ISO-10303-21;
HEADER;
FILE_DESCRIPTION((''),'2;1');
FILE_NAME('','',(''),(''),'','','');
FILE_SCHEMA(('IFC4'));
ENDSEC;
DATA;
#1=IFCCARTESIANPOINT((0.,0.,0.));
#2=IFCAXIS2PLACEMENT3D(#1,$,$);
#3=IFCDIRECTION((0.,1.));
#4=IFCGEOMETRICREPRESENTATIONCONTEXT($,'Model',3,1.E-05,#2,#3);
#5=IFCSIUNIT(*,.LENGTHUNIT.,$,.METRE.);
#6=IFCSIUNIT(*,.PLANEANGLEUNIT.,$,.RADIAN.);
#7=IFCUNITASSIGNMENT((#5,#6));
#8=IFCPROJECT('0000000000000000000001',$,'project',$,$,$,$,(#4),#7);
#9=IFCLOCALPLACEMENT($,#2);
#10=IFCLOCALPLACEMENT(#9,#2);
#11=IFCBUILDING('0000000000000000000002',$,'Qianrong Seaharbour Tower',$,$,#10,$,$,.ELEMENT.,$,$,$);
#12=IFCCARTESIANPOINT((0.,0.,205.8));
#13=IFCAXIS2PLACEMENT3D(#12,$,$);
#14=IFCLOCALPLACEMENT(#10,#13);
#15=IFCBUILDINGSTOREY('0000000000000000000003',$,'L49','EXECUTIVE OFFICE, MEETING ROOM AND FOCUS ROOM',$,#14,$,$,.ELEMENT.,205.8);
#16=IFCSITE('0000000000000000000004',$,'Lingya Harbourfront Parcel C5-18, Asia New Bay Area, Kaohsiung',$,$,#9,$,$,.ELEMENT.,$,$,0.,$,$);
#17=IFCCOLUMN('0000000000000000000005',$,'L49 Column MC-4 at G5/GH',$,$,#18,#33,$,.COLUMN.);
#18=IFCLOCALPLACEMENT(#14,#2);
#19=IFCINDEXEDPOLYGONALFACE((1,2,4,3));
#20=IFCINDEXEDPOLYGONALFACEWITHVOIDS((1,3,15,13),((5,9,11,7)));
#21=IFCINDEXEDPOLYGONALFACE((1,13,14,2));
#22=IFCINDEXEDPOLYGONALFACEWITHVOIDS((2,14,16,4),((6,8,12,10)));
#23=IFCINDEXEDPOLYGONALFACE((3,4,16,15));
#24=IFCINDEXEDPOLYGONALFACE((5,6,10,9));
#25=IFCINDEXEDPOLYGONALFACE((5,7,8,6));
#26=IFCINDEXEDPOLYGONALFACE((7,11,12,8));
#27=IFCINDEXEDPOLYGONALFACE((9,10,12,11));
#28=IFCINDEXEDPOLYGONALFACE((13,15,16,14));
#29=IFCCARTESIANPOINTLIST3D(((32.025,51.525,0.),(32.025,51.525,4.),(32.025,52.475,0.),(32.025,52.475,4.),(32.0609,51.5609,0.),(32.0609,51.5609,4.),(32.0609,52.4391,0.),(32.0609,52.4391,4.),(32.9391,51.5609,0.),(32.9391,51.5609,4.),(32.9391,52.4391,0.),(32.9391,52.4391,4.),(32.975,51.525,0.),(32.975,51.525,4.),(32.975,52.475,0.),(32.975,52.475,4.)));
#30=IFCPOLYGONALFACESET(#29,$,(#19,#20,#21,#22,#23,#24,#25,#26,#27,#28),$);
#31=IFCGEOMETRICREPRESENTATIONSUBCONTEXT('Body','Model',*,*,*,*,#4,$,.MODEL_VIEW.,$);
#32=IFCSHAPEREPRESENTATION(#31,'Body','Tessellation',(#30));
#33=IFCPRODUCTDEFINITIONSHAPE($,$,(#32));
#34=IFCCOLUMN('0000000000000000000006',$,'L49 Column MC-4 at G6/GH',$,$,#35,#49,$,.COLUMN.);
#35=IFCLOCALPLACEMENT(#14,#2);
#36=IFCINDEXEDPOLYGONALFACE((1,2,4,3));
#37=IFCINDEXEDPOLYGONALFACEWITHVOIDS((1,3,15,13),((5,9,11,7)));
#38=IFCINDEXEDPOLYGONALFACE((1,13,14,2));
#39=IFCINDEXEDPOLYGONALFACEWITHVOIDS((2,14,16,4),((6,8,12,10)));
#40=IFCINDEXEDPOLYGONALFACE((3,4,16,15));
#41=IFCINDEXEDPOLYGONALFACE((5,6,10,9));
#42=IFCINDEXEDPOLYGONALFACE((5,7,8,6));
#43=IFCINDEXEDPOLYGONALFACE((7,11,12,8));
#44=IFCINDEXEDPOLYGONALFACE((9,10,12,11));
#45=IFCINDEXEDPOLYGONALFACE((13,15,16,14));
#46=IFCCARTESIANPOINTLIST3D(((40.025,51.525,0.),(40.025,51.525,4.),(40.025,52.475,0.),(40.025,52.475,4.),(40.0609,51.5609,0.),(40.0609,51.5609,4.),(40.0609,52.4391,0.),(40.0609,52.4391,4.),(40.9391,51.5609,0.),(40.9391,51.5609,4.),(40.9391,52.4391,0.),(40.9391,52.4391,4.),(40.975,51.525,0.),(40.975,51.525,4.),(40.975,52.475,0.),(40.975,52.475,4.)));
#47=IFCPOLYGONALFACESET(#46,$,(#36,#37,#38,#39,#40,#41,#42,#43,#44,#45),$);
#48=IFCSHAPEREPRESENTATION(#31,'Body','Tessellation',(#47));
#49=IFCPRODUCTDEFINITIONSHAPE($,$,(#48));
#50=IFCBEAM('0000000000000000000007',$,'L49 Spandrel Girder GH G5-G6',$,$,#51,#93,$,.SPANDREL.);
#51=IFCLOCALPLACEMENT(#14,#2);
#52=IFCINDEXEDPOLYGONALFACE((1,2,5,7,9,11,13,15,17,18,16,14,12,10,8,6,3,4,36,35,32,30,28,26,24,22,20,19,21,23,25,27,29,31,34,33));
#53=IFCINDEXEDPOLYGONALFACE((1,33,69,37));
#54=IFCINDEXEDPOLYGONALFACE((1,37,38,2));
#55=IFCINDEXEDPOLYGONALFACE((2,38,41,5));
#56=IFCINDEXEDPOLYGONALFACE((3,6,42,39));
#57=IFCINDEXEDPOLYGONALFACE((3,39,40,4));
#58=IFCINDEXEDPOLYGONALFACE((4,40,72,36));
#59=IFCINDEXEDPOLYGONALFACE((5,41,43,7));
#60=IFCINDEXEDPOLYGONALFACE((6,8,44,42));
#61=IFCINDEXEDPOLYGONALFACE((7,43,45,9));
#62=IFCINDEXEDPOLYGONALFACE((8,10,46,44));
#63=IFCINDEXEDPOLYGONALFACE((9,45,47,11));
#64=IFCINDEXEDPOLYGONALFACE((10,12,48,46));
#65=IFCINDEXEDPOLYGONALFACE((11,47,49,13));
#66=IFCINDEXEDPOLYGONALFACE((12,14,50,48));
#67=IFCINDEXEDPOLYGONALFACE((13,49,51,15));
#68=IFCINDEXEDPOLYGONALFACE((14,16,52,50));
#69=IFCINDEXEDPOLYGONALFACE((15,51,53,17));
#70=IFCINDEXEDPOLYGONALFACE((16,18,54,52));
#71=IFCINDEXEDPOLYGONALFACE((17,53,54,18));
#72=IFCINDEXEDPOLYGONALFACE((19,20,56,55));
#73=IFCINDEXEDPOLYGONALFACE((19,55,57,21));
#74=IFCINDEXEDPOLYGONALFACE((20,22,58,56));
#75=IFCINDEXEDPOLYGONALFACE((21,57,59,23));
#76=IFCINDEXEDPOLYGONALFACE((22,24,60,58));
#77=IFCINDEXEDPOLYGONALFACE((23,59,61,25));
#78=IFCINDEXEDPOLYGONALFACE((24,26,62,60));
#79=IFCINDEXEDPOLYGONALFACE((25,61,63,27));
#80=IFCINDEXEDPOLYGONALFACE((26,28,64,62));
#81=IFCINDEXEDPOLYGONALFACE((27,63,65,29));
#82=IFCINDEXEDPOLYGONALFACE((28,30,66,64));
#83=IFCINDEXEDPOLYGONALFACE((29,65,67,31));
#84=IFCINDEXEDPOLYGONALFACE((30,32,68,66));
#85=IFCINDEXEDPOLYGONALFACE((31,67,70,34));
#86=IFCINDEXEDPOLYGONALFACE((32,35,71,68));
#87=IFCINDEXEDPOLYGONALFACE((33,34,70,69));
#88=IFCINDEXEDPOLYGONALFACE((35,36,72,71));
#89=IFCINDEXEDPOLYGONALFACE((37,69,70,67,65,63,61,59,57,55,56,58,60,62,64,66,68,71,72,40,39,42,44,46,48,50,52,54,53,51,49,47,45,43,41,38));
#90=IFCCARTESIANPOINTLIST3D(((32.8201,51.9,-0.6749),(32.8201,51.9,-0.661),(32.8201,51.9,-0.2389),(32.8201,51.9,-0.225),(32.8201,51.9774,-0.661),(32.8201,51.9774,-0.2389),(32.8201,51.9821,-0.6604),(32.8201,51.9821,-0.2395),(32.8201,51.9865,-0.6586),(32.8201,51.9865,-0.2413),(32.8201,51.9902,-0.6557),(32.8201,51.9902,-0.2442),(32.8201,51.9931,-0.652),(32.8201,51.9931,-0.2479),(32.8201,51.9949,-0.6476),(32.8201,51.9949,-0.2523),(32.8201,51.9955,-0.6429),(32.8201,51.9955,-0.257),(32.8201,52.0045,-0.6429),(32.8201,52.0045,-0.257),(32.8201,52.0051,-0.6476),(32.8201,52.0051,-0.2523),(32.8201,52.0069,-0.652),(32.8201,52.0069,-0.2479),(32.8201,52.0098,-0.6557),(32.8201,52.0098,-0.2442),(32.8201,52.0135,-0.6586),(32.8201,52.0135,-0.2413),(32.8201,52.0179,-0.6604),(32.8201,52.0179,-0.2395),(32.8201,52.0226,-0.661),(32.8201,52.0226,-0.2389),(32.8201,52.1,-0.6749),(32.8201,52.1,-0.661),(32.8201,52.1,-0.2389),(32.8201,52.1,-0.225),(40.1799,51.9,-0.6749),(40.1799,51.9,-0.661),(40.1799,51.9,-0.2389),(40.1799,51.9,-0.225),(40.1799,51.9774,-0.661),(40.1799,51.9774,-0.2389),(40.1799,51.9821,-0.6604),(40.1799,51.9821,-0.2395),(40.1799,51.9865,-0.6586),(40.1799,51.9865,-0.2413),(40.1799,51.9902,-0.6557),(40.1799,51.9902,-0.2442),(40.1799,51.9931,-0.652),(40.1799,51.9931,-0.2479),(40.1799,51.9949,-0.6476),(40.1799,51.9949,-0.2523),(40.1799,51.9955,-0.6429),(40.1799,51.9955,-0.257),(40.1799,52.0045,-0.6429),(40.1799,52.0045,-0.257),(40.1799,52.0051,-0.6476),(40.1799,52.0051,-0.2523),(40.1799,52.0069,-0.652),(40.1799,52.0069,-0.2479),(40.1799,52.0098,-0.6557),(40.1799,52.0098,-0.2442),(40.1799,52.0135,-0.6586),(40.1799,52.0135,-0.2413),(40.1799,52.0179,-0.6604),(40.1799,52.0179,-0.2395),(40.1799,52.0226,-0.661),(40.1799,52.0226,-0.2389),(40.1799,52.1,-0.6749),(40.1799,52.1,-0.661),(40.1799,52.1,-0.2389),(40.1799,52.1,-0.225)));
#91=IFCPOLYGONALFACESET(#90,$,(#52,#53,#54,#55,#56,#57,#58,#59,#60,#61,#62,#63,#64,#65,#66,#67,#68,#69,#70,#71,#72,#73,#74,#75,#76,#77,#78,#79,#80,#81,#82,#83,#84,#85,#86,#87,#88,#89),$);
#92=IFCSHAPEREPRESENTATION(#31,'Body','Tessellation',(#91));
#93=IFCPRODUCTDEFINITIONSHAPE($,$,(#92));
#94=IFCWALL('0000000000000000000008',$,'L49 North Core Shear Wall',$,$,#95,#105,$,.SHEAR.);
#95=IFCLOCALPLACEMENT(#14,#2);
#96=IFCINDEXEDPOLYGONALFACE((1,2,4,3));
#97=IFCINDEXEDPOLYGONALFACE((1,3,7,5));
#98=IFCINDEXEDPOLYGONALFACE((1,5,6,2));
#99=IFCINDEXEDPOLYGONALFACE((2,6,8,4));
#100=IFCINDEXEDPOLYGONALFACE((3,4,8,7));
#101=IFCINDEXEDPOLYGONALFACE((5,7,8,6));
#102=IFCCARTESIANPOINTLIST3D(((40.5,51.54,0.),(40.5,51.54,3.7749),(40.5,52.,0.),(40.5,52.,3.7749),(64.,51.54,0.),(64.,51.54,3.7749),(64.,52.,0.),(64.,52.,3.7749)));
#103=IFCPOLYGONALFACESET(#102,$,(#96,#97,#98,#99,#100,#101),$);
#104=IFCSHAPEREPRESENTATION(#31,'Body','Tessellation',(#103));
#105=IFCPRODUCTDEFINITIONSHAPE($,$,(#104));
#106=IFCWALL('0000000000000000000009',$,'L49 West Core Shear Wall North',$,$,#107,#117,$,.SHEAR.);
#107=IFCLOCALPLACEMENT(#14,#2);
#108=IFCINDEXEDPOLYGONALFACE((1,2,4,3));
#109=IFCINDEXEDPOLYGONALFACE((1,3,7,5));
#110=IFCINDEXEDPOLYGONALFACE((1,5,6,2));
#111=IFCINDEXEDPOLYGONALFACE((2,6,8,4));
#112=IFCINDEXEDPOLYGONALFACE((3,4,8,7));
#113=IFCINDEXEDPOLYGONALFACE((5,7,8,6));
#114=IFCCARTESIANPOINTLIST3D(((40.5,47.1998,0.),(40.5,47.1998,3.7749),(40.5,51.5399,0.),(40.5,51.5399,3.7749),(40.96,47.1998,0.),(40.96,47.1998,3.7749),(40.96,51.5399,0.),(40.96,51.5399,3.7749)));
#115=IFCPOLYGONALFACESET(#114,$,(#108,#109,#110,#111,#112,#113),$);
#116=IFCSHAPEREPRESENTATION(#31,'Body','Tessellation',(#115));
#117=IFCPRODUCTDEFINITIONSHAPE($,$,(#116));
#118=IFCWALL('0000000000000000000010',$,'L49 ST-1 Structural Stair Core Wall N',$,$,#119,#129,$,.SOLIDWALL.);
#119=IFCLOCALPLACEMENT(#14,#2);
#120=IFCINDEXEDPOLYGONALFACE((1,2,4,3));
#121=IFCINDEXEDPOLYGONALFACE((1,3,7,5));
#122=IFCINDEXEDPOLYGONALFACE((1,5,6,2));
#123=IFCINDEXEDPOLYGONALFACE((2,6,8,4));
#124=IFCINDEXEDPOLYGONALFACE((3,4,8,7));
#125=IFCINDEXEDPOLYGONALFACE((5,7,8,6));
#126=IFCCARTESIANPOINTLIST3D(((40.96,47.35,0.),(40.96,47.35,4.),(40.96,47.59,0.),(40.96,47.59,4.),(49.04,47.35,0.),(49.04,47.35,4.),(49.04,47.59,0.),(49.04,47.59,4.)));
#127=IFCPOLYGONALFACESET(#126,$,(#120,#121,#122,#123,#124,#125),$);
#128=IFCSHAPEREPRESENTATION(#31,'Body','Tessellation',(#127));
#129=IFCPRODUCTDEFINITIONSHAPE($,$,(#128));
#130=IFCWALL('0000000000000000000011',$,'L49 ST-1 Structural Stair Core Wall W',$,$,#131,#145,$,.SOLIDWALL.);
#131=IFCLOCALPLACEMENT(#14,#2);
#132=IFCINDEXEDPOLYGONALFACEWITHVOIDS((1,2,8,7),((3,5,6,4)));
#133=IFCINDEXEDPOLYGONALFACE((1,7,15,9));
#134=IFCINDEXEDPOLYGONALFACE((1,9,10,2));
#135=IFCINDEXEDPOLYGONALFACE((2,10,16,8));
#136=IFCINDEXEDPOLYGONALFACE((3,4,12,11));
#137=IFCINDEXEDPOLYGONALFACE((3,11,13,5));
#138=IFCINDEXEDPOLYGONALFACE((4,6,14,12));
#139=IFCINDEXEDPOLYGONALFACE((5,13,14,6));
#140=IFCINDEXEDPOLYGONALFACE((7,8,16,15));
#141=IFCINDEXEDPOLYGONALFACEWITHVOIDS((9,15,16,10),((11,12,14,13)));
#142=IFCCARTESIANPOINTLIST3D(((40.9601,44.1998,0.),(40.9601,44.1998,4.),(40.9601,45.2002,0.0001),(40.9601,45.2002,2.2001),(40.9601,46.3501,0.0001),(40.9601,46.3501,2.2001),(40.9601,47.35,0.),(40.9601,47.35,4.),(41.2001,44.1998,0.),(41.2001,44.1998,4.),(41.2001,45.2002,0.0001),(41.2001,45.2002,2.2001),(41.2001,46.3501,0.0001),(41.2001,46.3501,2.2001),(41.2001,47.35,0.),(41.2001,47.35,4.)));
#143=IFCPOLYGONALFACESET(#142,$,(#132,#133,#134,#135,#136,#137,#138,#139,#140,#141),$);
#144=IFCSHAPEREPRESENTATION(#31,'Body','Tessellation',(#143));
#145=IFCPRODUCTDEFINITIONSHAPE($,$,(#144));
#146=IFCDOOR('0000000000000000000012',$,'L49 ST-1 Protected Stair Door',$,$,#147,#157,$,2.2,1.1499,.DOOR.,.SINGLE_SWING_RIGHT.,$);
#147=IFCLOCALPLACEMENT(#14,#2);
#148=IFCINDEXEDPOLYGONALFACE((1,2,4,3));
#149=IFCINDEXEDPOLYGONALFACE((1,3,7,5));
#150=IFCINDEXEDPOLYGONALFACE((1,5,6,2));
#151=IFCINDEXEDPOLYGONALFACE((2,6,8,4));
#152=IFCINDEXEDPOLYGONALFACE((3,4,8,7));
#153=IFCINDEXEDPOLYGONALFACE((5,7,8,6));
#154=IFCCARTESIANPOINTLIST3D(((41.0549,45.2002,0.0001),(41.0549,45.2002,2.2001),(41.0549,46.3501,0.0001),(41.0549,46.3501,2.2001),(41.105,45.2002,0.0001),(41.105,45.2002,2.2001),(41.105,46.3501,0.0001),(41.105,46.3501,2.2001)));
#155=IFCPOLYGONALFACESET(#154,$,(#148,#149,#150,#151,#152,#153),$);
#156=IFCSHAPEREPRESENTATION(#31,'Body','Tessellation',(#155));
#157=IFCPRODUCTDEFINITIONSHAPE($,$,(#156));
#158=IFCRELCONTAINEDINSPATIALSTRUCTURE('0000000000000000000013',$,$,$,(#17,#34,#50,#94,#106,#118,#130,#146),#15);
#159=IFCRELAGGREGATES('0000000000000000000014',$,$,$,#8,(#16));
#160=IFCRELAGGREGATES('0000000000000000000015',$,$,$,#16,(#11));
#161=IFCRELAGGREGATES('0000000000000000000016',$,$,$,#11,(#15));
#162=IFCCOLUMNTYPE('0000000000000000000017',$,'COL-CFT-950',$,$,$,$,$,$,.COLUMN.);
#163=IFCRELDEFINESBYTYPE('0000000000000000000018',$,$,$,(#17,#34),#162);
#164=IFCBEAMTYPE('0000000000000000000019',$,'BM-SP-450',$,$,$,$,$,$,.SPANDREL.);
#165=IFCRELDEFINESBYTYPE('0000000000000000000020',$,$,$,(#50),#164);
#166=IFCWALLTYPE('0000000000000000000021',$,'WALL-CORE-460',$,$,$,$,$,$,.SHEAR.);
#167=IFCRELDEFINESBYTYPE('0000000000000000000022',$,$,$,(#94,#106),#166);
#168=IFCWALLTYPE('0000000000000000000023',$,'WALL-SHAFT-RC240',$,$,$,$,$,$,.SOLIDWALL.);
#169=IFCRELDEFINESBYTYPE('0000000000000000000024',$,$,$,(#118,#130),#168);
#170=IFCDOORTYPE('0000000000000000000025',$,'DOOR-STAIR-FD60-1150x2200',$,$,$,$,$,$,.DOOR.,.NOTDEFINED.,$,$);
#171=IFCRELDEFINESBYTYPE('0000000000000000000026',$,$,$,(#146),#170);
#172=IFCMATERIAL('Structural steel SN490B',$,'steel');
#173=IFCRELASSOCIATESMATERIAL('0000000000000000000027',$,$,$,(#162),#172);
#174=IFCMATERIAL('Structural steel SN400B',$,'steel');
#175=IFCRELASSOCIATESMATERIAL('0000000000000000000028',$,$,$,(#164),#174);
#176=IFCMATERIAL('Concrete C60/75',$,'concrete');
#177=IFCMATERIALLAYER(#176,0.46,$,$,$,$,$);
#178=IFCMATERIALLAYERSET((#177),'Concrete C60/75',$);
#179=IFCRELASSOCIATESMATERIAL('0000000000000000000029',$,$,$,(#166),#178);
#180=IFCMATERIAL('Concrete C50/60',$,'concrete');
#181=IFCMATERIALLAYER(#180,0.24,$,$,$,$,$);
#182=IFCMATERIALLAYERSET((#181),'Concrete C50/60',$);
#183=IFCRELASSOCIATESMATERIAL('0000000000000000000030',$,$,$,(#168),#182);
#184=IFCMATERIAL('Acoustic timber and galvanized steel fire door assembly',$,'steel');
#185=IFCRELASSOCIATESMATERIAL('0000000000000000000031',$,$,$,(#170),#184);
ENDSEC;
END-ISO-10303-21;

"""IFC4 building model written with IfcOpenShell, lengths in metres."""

from ifc_helpers import new_model, si_unit, direction, frame, frame_2d, origin, origin_2d, place, context, subcontext, project, spatial, rectangle, hollow_rectangle, i_section, extrude, material, layer, layer_set, material_profile, profile_set, type_object, element, fill, save


model = new_model("IFC4")

# Units and contexts
model_context = context("Model", 3, precision=1e-05, world=origin(), true_north=direction((0.0, 1.0)))
body_context = subcontext(model_context, "Body", "Model", "MODEL_VIEW")
ifc_project = project(units=[si_unit("LENGTHUNIT", "METRE"), si_unit("PLANEANGLEUNIT", "RADIAN")], contexts=[model_context])

# Site, building, storey
site_placement = place(None, origin())
site = spatial("IfcSite", under=ifc_project, at=site_placement, Name="Lingya Harbourfront Parcel C5-18, Asia New Bay Area, Kaohsiung", CompositionType="ELEMENT", RefElevation=0.0)
building_placement = place(site_placement, origin())
building = spatial("IfcBuilding", under=site, at=building_placement, Name="Qianrong Seaharbour Tower", CompositionType="ELEMENT")
storey_placement = place(building_placement, frame((0.0, 0.0, 205.8)))
storey = spatial("IfcBuildingStorey", under=building, at=storey_placement, Name="L49", Description="EXECUTIVE OFFICE, MEETING ROOM AND FOCUS ROOM", CompositionType="ELEMENT", Elevation=205.8)

# Columns
ifc_material_1 = material(Name="Structural steel SN490B", Category="steel")
ifc_material_profile_1 = material_profile(ifc_material_1, hollow_rectangle(XDim=0.95, YDim=0.95, WallThickness=0.0359, at=origin_2d()), Name="BOX950x950x36")
ifc_profile_set_1 = profile_set([ifc_material_profile_1], Name="Structural steel SN490B")
column_type = type_object("IfcColumnType", Name="COL-CFT-950", PredefinedType="COLUMN", material=ifc_profile_set_1)
for number, where, z_axis, x_axis, name in (
    (1, (32.5, 52.0, 0.0), (0.0, 0.0, 1.0), (1.0, 0.0, 0.0), "L49 Column MC-4 at G5/GH"),
    (2, (40.5, 52.0, 0.0), (0.0, 0.0, 1.0), (1.0, 0.0, 0.0), "L49 Column MC-4 at G6/GH"),
):
    element("IfcColumn", number, at=place(storey_placement, frame(where, z_axis=z_axis, x_axis=x_axis)), inside=storey, type_object=column_type, Name=name, PredefinedType="COLUMN", context=body_context, shape_type="SweptSolid", body=[
        extrude(hollow_rectangle(XDim=0.95, YDim=0.95, WallThickness=0.0359, at=origin_2d()), origin(), (0.0, 0.0, 1.0), 4.0),
    ])

# Beam
ifc_material_2 = material(Name="Structural steel SN400B", Category="steel")
ifc_material_profile_2 = material_profile(ifc_material_2, i_section(OverallWidth=0.2, OverallDepth=0.45, WebThickness=0.009, FlangeThickness=0.0139, FilletRadius=0.0181, at=origin_2d()), Name="H450x200x9x14")
ifc_profile_set_2 = profile_set([ifc_material_profile_2], Name="Structural steel SN400B")
beam_type = type_object("IfcBeamType", Name="BM-SP-450", PredefinedType="SPANDREL", material=ifc_profile_set_2)
beam_placement = place(storey_placement, frame((32.8201, 52.0, -0.45), z_axis=(1.0, 0.0, 0.0), x_axis=(0.0, 1.0, 0.0)))
element("IfcBeam", 3, at=beam_placement, inside=storey, type_object=beam_type, Name="L49 Spandrel Girder GH G5-G6", PredefinedType="SPANDREL", context=body_context, shape_type="SweptSolid", body=[
    extrude(i_section(OverallWidth=0.2, OverallDepth=0.45, WebThickness=0.009, FlangeThickness=0.0139, FilletRadius=0.0181, at=origin_2d()), origin(), (0.0, 0.0, 1.0), 7.3599),
])

# Walls
ifc_material_3 = material(Name="Concrete C60/75", Category="concrete")
ifc_layer_1 = layer(ifc_material_3, 0.46)
ifc_layer_set_1 = layer_set([ifc_layer_1], Name="Concrete C60/75")
wall_type_1 = type_object("IfcWallType", Name="WALL-CORE-460", PredefinedType="SHEAR", material=ifc_layer_set_1)
wall_1_placement = place(storey_placement, frame((40.5, 51.77, 0.0), z_axis=(0.0, 0.0, 1.0), x_axis=(1.0, 0.0, 0.0)))
element("IfcWall", 4, at=wall_1_placement, inside=storey, type_object=wall_type_1, Name="L49 North Core Shear Wall", PredefinedType="SHEAR", context=body_context, shape_type="SweptSolid", body=[
    extrude(rectangle(XDim=23.5, YDim=0.46, at=frame_2d((11.75, 0.0))), origin(), (0.0, 0.0, 1.0), 3.7749),
])
wall_2_placement = place(storey_placement, frame((40.73, 47.2, 0.0), z_axis=(0.0, 0.0, 1.0), x_axis=(0.0, 1.0, 0.0)))
element("IfcWall", 5, at=wall_2_placement, inside=storey, type_object=wall_type_1, Name="L49 West Core Shear Wall North", PredefinedType="SHEAR", context=body_context, shape_type="SweptSolid", body=[
    extrude(rectangle(XDim=4.3401, YDim=0.46, at=frame_2d((2.1699, 0.0))), origin(), (0.0, 0.0, 1.0), 3.7749),
])

# Shared definitions
ifc_material_4 = material(Name="Acoustic timber and galvanized steel fire door assembly", Category="steel")

# Wall
ifc_material_5 = material(Name="Concrete C50/60", Category="concrete")
ifc_layer_2 = layer(ifc_material_5, 0.24)
ifc_layer_set_2 = layer_set([ifc_layer_2], Name="Concrete C50/60")
wall_type_2 = type_object("IfcWallType", Name="WALL-SHAFT-RC240", PredefinedType="SOLIDWALL", material=ifc_layer_set_2)
wall_3_placement = place(storey_placement, frame((40.96, 47.47, 0.0), z_axis=(0.0, 0.0, 1.0), x_axis=(1.0, 0.0, 0.0)))
element("IfcWall", 6, at=wall_3_placement, inside=storey, type_object=wall_type_2, Name="L49 ST-1 Structural Stair Core Wall N", PredefinedType="SOLIDWALL", context=body_context, shape_type="SweptSolid", body=[
    extrude(rectangle(XDim=8.0801, YDim=0.24, at=frame_2d((4.04, 0.0))), origin(), (0.0, 0.0, 1.0), 4.0),
])

# Wall, opening, door
wall_4_placement = place(storey_placement, frame((41.0801, 47.3501, 0.0), z_axis=(0.0, 0.0, 1.0), x_axis=(0.0, -1.0, 0.0)))
wall_4 = element("IfcWall", 7, at=wall_4_placement, inside=storey, type_object=wall_type_2, Name="L49 ST-1 Structural Stair Core Wall W", PredefinedType="SOLIDWALL", context=body_context, shape_type="SweptSolid", body=[
    extrude(rectangle(XDim=3.1501, YDim=0.24, at=frame_2d((1.5752, 0.0))), origin(), (0.0, 0.0, 1.0), 4.0),
])
opening_1_placement = place(wall_4_placement, frame((1.0, 0.0, 0.0)))
opening_1 = element("IfcOpeningElement", 8, at=opening_1_placement, cuts=wall_4, PredefinedType="OPENING", context=body_context, shape_type="SweptSolid", body=[
    extrude(rectangle(XDim=1.1499, YDim=2.2, at=frame_2d((0.575, 1.1001))), frame((0.0, 0.1299, 0.0), z_axis=(0.0, -1.0, 0.0), x_axis=(1.0, 0.0, 0.0)), (0.0, 0.0, 1.0), 0.26),
])
door_type_1 = type_object("IfcDoorType", Name="DOOR-STAIR-FD60-1150x2200", OperationType="NOTDEFINED", PredefinedType="DOOR", material=ifc_material_4)
door_1_placement = place(opening_1_placement, origin())
door_1 = element("IfcDoor", 9, at=door_1_placement, inside=storey, type_object=door_type_1, Name="L49 ST-1 Protected Stair Door", OperationType="SINGLE_SWING_RIGHT", OverallHeight=2.2, OverallWidth=1.1499, PredefinedType="DOOR", context=body_context, shape_type="SweptSolid", body=[
    extrude(rectangle(XDim=1.1499, YDim=2.2, at=frame_2d((0.575, 1.1001))), frame((0.0, 0.0249, 0.0), z_axis=(0.0, -1.0, 0.0), x_axis=(1.0, 0.0, 0.0)), (0.0, 0.0, 1.0), 0.05),
])
fill(opening_1, door_1)

save(model, "model.ifc")
